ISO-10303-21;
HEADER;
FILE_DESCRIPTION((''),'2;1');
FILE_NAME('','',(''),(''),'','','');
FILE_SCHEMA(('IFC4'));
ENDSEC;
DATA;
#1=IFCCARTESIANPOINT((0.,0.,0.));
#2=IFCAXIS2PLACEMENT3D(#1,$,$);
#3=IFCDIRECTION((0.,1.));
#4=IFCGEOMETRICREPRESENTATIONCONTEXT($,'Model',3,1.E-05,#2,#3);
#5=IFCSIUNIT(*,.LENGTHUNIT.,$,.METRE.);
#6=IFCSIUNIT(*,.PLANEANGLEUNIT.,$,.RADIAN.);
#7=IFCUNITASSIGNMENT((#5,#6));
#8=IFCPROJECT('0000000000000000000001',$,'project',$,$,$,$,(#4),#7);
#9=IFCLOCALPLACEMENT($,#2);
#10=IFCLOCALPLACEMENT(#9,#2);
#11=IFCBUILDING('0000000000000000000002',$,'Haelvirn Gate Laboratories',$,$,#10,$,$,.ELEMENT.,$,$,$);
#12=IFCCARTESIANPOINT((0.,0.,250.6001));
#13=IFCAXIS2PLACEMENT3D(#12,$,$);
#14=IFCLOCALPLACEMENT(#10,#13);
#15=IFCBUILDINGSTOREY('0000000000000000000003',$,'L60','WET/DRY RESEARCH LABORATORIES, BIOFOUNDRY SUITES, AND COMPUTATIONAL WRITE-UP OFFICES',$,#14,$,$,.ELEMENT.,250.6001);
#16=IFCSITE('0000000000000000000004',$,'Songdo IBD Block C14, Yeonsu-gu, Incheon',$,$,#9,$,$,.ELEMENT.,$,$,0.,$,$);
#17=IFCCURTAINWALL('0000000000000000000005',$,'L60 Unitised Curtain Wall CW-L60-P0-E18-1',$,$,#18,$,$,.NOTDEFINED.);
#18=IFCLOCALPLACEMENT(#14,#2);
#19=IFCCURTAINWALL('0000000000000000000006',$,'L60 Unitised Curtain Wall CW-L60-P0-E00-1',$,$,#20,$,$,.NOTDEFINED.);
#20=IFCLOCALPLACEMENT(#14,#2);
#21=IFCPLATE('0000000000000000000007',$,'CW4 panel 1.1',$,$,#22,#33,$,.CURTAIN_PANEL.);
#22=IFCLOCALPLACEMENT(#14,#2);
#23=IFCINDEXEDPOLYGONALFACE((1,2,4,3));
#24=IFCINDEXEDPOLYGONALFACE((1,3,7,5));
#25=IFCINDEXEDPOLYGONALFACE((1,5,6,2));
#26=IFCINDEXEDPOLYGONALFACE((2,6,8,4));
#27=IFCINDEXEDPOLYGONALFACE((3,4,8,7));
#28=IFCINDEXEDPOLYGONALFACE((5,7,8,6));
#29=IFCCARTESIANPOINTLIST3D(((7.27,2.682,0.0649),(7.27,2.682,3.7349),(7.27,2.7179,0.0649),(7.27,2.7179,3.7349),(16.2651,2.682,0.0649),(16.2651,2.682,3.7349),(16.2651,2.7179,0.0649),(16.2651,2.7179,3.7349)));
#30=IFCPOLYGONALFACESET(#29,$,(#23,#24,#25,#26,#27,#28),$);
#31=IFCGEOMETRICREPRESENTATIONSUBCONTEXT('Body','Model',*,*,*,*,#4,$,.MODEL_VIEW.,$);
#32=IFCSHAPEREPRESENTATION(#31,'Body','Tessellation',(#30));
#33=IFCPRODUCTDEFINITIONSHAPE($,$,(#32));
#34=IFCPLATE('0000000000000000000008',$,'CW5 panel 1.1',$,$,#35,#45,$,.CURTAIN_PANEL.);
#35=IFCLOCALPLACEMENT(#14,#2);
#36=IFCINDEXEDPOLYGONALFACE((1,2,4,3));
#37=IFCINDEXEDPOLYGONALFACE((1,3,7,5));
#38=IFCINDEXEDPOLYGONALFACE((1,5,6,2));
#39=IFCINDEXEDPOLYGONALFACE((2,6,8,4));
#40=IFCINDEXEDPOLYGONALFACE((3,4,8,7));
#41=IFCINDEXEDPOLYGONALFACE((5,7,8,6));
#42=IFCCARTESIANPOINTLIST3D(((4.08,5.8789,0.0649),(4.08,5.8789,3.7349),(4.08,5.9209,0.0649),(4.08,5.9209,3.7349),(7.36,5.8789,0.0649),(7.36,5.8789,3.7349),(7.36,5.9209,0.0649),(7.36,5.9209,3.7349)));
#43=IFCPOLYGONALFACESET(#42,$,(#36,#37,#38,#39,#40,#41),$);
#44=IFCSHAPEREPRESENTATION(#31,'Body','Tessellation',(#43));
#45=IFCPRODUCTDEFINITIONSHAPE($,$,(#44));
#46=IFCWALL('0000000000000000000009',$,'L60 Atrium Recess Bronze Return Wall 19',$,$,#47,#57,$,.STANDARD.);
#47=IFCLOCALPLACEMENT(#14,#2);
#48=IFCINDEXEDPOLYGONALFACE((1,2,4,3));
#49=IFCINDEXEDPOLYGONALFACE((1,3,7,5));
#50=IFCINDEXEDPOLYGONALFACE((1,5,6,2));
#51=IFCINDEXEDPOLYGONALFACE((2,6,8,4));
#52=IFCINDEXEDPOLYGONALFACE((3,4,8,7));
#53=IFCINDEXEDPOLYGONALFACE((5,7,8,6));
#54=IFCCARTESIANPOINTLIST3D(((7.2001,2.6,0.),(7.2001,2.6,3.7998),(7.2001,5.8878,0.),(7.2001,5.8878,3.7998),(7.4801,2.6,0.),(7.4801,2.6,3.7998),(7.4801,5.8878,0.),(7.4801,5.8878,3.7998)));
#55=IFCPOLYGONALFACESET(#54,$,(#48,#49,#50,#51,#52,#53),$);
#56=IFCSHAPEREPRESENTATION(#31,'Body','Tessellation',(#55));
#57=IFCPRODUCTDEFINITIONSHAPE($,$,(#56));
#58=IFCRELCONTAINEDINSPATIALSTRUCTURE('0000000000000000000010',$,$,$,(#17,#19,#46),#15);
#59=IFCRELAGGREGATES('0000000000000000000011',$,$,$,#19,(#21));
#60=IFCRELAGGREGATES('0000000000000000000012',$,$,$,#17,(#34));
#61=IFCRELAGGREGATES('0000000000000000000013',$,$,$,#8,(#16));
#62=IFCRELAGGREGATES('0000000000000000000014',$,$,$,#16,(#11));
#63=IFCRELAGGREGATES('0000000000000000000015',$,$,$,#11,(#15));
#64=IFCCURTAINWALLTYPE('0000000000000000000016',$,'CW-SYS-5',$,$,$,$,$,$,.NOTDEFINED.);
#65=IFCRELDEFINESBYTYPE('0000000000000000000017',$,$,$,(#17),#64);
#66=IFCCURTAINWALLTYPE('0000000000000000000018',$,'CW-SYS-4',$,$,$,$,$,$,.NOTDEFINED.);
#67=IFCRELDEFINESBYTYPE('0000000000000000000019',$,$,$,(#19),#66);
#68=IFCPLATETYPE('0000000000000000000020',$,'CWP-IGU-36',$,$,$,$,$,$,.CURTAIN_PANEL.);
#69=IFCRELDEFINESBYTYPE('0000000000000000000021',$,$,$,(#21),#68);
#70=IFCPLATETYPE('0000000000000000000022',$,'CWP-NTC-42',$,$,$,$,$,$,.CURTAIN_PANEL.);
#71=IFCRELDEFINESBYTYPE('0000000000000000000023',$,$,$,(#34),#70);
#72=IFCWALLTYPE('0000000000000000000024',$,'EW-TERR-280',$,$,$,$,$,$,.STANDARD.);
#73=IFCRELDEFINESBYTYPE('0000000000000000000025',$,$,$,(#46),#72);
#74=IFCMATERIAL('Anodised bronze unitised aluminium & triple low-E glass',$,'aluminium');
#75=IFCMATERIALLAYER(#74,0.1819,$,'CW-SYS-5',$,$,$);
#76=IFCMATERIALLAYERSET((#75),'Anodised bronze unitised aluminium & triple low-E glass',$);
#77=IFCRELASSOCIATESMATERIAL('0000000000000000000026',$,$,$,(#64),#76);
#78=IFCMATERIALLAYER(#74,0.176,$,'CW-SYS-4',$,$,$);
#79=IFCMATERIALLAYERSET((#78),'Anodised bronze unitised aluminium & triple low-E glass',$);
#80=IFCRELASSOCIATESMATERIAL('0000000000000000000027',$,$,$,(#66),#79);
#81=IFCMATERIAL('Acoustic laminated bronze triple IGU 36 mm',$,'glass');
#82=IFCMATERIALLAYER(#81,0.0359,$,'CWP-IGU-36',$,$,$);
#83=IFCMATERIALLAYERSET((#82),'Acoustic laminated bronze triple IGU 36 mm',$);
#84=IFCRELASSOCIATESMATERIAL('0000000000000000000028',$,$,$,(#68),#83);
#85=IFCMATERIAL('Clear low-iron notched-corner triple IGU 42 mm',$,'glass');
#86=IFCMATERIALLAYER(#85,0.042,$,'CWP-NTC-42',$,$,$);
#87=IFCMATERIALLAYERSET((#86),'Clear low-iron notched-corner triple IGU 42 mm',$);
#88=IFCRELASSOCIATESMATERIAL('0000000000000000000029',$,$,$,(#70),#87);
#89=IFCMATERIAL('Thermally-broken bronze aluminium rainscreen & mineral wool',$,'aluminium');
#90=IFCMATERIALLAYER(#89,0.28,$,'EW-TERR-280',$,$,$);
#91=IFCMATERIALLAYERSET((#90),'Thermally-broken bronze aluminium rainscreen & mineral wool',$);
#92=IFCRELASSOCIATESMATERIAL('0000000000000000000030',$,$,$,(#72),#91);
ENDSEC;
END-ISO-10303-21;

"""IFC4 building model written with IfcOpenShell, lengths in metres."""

from ifc_helpers import new_model, si_unit, direction, frame, frame_2d, origin, origin_2d, place, context, subcontext, project, spatial, rectangle, extrude, source, transform, mapped, material, layer, layer_set, type_object, type_shapes, element, aggregate, save


model = new_model("IFC4")

# Units and contexts
model_context = context("Model", 3, precision=1e-05, world=origin(), true_north=direction((0.0, 1.0)))
body_context = subcontext(model_context, "Body", "Model", "MODEL_VIEW")
ifc_project = project(units=[si_unit("LENGTHUNIT", "METRE"), si_unit("PLANEANGLEUNIT", "RADIAN")], contexts=[model_context])

# Site, building, storey
site_placement = place(None, origin())
site = spatial("IfcSite", under=ifc_project, at=site_placement, Name="Songdo IBD Block C14, Yeonsu-gu, Incheon", CompositionType="ELEMENT", RefElevation=0.0)
building_placement = place(site_placement, origin())
building = spatial("IfcBuilding", under=site, at=building_placement, Name="Haelvirn Gate Laboratories", CompositionType="ELEMENT")
storey_placement = place(building_placement, frame((0.0, 0.0, 250.6001)))
storey = spatial("IfcBuildingStorey", under=building, at=storey_placement, Name="L60", Description="WET/DRY RESEARCH LABORATORIES, BIOFOUNDRY SUITES, AND COMPUTATIONAL WRITE-UP OFFICES", CompositionType="ELEMENT", Elevation=250.6001)

# Curtain walls
ifc_material_1 = material(Name="Anodised bronze unitised aluminium & triple low-E glass", Category="aluminium")
ifc_layer_1 = layer(ifc_material_1, 0.1819, Name="CW-SYS-5")
ifc_layer_set_1 = layer_set([ifc_layer_1], Name="Anodised bronze unitised aluminium & triple low-E glass")
curtain_wall_type_1 = type_object("IfcCurtainWallType", Name="CW-SYS-5", PredefinedType="NOTDEFINED", material=ifc_layer_set_1)
curtain_wall_1_placement = place(storey_placement, origin())
curtain_wall_1 = element("IfcCurtainWall", 1, at=curtain_wall_1_placement, inside=storey, type_object=curtain_wall_type_1, Name="L60 Unitised Curtain Wall CW-L60-P0-E18-1", PredefinedType="NOTDEFINED")
ifc_layer_2 = layer(ifc_material_1, 0.176, Name="CW-SYS-4")
ifc_layer_set_2 = layer_set([ifc_layer_2], Name="Anodised bronze unitised aluminium & triple low-E glass")
curtain_wall_type_2 = type_object("IfcCurtainWallType", Name="CW-SYS-4", PredefinedType="NOTDEFINED", material=ifc_layer_set_2)
curtain_wall_2_placement = place(storey_placement, origin())
curtain_wall_2 = element("IfcCurtainWall", 2, at=curtain_wall_2_placement, inside=storey, type_object=curtain_wall_type_2, Name="L60 Unitised Curtain Wall CW-L60-P0-E00-1", PredefinedType="NOTDEFINED")

# Plates
ifc_material_2 = material(Name="Acoustic laminated bronze triple IGU 36 mm", Category="glass")
ifc_layer_3 = layer(ifc_material_2, 0.0359, Name="CWP-IGU-36")
ifc_layer_set_3 = layer_set([ifc_layer_3], Name="Acoustic laminated bronze triple IGU 36 mm")
plate_type_1 = type_object("IfcPlateType", Name="CWP-IGU-36", PredefinedType="CURTAIN_PANEL", material=ifc_layer_set_3)
shared_shape_1 = source(origin(), body_context, "Body", "SweptSolid", [
    extrude(rectangle(XDim=8.9951, YDim=0.0359, at=origin_2d()), origin(), (0.0, 0.0, 1.0), 3.6699),
])
type_shapes(plate_type_1, [shared_shape_1])
plate_1_placement = place(storey_placement, frame((11.7676, 2.7, 0.0649), z_axis=(0.0, 0.0, 1.0), x_axis=(1.0, 0.0, 0.0)))
plate_1 = element("IfcPlate", 3, at=plate_1_placement, type_object=plate_type_1, Name="CW4 panel 1.1", PredefinedType="CURTAIN_PANEL", context=body_context, shape_type="MappedRepresentation", body=[
    mapped(shared_shape_1, transform((0.0, 0.0, 0.0), scale=1.0)),
])
aggregate(curtain_wall_2, [plate_1])
ifc_material_3 = material(Name="Clear low-iron notched-corner triple IGU 42 mm", Category="glass")
ifc_layer_4 = layer(ifc_material_3, 0.042, Name="CWP-NTC-42")
ifc_layer_set_4 = layer_set([ifc_layer_4], Name="Clear low-iron notched-corner triple IGU 42 mm")
plate_type_2 = type_object("IfcPlateType", Name="CWP-NTC-42", PredefinedType="CURTAIN_PANEL", material=ifc_layer_set_4)
shared_shape_2 = source(origin(), body_context, "Body", "SweptSolid", [
    extrude(rectangle(XDim=3.28, YDim=0.042, at=origin_2d()), origin(), (0.0, 0.0, 1.0), 3.6699),
])
type_shapes(plate_type_2, [shared_shape_2])
plate_2_placement = place(storey_placement, frame((5.72, 5.8999, 0.0649), z_axis=(0.0, 0.0, 1.0), x_axis=(1.0, 0.0, 0.0)))
plate_2 = element("IfcPlate", 4, at=plate_2_placement, type_object=plate_type_2, Name="CW5 panel 1.1", PredefinedType="CURTAIN_PANEL", context=body_context, shape_type="MappedRepresentation", body=[
    mapped(shared_shape_2, transform((0.0, 0.0, 0.0), scale=1.0)),
])
aggregate(curtain_wall_1, [plate_2])

# Wall
ifc_material_4 = material(Name="Thermally-broken bronze aluminium rainscreen & mineral wool", Category="aluminium")
ifc_layer_5 = layer(ifc_material_4, 0.28, Name="EW-TERR-280")
ifc_layer_set_5 = layer_set([ifc_layer_5], Name="Thermally-broken bronze aluminium rainscreen & mineral wool")
wall_type = type_object("IfcWallType", Name="EW-TERR-280", PredefinedType="STANDARD", material=ifc_layer_set_5)
wall_placement = place(storey_placement, frame((7.3401, 5.8879, 0.0), z_axis=(0.0, 0.0, 1.0), x_axis=(0.0, -1.0, 0.0)))
element("IfcWall", 5, at=wall_placement, inside=storey, type_object=wall_type, Name="L60 Atrium Recess Bronze Return Wall 19", PredefinedType="STANDARD", context=body_context, shape_type="SweptSolid", body=[
    extrude(rectangle(XDim=3.2878, YDim=0.28, at=frame_2d((1.644, 0.0))), origin(), (0.0, 0.0, 1.0), 3.7998),
])

save(model, "model.ifc")
